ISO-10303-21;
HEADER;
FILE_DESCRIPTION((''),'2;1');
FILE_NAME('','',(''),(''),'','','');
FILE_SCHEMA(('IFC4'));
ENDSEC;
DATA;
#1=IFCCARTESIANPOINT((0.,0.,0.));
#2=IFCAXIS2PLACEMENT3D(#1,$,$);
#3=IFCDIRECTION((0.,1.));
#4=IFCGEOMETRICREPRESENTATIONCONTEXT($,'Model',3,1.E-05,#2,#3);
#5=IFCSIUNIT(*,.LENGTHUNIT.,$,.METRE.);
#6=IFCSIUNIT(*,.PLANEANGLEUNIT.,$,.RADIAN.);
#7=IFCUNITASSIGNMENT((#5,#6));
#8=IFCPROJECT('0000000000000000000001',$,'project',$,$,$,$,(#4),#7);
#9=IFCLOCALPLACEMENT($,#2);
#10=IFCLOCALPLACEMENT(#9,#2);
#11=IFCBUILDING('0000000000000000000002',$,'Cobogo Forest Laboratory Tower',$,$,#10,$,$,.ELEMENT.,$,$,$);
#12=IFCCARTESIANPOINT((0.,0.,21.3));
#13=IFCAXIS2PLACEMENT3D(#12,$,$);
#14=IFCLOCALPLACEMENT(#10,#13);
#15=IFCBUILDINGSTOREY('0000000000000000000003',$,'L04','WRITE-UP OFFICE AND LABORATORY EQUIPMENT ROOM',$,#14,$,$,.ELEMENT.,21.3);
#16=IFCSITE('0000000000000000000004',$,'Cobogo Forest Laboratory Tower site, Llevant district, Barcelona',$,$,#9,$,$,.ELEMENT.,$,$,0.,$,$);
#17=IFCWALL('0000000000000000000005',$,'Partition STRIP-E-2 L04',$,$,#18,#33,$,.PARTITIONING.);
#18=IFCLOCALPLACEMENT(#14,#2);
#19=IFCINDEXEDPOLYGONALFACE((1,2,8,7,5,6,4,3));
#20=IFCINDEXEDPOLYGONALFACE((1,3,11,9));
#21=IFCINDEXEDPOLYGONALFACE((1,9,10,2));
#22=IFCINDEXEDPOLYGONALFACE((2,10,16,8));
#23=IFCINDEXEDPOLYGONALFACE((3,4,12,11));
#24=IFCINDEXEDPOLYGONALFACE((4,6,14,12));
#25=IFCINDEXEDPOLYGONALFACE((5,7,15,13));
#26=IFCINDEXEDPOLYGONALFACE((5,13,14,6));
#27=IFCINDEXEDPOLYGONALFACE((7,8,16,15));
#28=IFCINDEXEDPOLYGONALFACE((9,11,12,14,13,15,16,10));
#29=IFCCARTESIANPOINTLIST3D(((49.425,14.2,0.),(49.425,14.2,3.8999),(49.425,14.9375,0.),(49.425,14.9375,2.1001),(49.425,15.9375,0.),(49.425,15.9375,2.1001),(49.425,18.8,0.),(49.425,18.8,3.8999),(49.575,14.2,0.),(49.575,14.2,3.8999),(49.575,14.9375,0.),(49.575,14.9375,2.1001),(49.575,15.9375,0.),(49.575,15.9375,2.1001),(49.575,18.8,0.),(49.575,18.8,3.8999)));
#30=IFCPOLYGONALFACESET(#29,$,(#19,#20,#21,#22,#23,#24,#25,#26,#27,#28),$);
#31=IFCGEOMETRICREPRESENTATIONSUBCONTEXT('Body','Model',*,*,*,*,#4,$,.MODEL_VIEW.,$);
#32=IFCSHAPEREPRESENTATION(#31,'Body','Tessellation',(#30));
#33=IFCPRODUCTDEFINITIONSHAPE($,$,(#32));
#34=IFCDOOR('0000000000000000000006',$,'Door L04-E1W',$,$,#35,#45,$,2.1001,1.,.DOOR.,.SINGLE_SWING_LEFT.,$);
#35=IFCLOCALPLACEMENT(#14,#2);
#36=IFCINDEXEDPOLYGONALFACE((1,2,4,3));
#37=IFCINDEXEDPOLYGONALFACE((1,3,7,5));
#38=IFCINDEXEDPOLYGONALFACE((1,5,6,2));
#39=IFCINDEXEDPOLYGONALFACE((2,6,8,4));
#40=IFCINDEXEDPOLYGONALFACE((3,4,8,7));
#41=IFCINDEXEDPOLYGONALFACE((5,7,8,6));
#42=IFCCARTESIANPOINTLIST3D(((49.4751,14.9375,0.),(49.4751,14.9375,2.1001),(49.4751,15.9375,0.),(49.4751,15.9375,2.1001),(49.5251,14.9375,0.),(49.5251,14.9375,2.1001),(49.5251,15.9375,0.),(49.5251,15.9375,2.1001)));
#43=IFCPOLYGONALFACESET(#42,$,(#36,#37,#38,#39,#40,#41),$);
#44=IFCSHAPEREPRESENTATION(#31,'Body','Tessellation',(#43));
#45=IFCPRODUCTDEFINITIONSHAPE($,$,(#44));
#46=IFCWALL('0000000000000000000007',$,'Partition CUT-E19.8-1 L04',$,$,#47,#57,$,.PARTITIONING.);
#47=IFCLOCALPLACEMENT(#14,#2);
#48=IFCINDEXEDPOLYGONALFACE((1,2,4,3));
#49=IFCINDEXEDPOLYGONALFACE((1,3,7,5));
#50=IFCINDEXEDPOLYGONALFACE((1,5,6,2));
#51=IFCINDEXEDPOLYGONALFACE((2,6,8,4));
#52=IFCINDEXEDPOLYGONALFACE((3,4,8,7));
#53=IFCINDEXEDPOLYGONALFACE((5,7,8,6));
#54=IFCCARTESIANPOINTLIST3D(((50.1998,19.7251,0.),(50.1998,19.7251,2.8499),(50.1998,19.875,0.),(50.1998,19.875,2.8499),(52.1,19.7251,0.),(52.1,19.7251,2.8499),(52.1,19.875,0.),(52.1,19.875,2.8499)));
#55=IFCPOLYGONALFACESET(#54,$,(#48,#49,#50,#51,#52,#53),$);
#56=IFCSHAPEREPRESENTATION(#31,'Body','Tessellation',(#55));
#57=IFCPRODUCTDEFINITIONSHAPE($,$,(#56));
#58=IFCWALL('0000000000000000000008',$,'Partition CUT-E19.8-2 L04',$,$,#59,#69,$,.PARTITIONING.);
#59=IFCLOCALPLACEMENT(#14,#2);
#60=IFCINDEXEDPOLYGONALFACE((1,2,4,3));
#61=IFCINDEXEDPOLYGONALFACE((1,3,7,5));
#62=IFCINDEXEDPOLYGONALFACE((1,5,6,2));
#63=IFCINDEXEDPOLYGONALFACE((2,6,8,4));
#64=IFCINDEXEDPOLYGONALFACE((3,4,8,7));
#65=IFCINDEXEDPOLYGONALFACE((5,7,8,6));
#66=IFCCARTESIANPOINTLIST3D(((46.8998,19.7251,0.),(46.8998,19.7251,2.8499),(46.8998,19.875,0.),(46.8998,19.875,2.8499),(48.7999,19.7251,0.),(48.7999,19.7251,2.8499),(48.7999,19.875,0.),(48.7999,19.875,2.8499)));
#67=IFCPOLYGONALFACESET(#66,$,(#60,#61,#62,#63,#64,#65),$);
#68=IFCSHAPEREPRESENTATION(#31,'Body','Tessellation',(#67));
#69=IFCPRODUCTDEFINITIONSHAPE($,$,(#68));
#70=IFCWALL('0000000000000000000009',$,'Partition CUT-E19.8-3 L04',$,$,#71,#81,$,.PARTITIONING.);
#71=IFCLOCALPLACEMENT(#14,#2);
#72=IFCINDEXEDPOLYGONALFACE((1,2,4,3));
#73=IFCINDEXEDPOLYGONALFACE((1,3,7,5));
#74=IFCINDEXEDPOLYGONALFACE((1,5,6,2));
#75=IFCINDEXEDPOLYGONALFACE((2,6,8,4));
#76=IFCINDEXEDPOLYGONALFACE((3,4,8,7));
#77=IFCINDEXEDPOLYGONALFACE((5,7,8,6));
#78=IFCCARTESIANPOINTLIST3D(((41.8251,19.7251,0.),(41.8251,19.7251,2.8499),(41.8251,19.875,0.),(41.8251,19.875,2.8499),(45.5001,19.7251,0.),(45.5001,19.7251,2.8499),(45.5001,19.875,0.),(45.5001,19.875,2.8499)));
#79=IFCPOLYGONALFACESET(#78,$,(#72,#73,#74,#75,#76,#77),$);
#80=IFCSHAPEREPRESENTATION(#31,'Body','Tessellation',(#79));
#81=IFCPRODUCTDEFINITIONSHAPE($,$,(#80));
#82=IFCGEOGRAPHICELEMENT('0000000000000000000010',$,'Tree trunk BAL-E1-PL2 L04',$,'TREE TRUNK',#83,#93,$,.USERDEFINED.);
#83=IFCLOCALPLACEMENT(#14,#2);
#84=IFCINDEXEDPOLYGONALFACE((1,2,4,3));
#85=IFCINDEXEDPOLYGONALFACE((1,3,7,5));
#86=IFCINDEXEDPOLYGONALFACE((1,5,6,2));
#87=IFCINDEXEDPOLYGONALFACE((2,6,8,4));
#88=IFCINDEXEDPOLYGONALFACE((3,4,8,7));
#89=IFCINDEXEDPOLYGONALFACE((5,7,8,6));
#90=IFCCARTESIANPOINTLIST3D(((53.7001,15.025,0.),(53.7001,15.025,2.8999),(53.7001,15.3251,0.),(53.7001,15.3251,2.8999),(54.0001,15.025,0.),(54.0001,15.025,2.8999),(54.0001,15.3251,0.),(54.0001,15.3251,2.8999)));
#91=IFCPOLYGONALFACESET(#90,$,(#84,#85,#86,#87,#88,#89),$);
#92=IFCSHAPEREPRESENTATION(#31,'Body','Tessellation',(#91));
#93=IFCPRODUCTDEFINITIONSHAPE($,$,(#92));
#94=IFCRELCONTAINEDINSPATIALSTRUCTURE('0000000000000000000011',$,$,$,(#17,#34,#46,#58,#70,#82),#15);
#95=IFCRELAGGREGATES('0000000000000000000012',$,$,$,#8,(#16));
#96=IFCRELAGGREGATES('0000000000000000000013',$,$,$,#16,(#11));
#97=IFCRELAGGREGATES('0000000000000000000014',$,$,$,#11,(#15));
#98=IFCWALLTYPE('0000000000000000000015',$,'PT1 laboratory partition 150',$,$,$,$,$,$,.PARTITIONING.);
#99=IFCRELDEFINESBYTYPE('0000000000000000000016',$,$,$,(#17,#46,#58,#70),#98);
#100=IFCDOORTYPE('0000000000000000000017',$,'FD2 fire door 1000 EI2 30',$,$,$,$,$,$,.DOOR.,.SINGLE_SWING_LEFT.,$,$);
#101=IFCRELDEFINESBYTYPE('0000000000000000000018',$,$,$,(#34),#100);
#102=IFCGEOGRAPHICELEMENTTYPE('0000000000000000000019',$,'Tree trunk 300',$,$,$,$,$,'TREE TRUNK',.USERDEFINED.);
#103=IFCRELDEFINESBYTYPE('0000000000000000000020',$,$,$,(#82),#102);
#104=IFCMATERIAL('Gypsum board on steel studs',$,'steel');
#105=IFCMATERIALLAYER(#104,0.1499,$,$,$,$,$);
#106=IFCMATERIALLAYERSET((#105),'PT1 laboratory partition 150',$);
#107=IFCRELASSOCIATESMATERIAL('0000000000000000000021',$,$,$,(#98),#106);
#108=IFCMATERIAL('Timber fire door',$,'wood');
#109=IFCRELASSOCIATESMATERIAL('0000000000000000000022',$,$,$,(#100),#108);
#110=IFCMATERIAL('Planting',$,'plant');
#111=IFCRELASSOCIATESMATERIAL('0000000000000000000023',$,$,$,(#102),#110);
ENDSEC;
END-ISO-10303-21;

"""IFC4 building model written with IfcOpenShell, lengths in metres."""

from ifc_helpers import new_model, si_unit, direction, frame, frame_2d, origin, origin_2d, place, context, subcontext, project, spatial, rectangle, extrude, material, layer, layer_set, type_object, element, fill, save


model = new_model("IFC4")

# Units and contexts
model_context = context("Model", 3, precision=1e-05, world=origin(), true_north=direction((0.0, 1.0)))
body_context = subcontext(model_context, "Body", "Model", "MODEL_VIEW")
ifc_project = project(units=[si_unit("LENGTHUNIT", "METRE"), si_unit("PLANEANGLEUNIT", "RADIAN")], contexts=[model_context])

# Site, building, storey
site_placement = place(None, origin())
site = spatial("IfcSite", under=ifc_project, at=site_placement, Name="Cobogo Forest Laboratory Tower site, Llevant district, Barcelona", CompositionType="ELEMENT", RefElevation=0.0)
building_placement = place(site_placement, origin())
building = spatial("IfcBuilding", under=site, at=building_placement, Name="Cobogo Forest Laboratory Tower", CompositionType="ELEMENT")
storey_placement = place(building_placement, frame((0.0, 0.0, 21.3)))
storey = spatial("IfcBuildingStorey", under=building, at=storey_placement, Name="L04", Description="WRITE-UP OFFICE AND LABORATORY EQUIPMENT ROOM", CompositionType="ELEMENT", Elevation=21.3)

# Wall, opening, door
ifc_material_1 = material(Name="Gypsum board on steel studs", Category="steel")
ifc_layer_1 = layer(ifc_material_1, 0.1499)
ifc_layer_set_1 = layer_set([ifc_layer_1], Name="PT1 laboratory partition 150")
wall_type = type_object("IfcWallType", Name="PT1 laboratory partition 150", PredefinedType="PARTITIONING", material=ifc_layer_set_1)
wall_1_placement = place(storey_placement, frame((49.5, 14.2, 0.0), z_axis=(0.0, 0.0, 1.0), x_axis=(0.0, 1.0, 0.0)))
wall_1 = element("IfcWall", 1, at=wall_1_placement, inside=storey, type_object=wall_type, Name="Partition STRIP-E-2 L04", PredefinedType="PARTITIONING", context=body_context, shape_type="SweptSolid", body=[
    extrude(rectangle(XDim=4.6001, YDim=0.1499, at=frame_2d((2.3, 0.0))), origin(), (0.0, 0.0, 1.0), 3.8999),
])
opening_placement = place(wall_1_placement, frame((0.7375, 0.0, 0.0)))
opening = element("IfcOpeningElement", 2, at=opening_placement, cuts=wall_1, PredefinedType="OPENING", context=body_context, shape_type="SweptSolid", body=[
    extrude(rectangle(XDim=1.0, YDim=2.1001, at=frame_2d((0.5, 1.05))), frame((0.0, 0.085, 0.0), z_axis=(0.0, -1.0, 0.0), x_axis=(1.0, 0.0, 0.0)), (0.0, 0.0, 1.0), 0.1699),
])
ifc_material_2 = material(Name="Timber fire door", Category="wood")
door_type = type_object("IfcDoorType", Name="FD2 fire door 1000 EI2 30", OperationType="SINGLE_SWING_LEFT", PredefinedType="DOOR", material=ifc_material_2)
door_placement = place(opening_placement, origin())
door = element("IfcDoor", 3, at=door_placement, inside=storey, type_object=door_type, Name="Door L04-E1W", OperationType="SINGLE_SWING_LEFT", OverallHeight=2.1001, OverallWidth=1.0, PredefinedType="DOOR", context=body_context, shape_type="SweptSolid", body=[
    extrude(rectangle(XDim=1.0, YDim=2.1001, at=frame_2d((0.5, 1.05))), frame((0.0, 0.0249, 0.0), z_axis=(0.0, -1.0, 0.0), x_axis=(1.0, 0.0, 0.0)), (0.0, 0.0, 1.0), 0.05),
])
fill(opening, door)

# Walls
for number, where, z_axis, x_axis, name in (
    (4, (52.1001, 19.8, 0.0), (0.0, 0.0, 1.0), (-1.0, 0.0, 0.0), "Partition CUT-E19.8-1 L04"),
    (5, (48.8, 19.8, 0.0), (0.0, 0.0, 1.0), (-1.0, 0.0, 0.0), "Partition CUT-E19.8-2 L04"),
):
    element("IfcWall", number, at=place(storey_placement, frame(where, z_axis=z_axis, x_axis=x_axis)), inside=storey, type_object=wall_type, Name=name, PredefinedType="PARTITIONING", context=body_context, shape_type="SweptSolid", body=[
        extrude(rectangle(XDim=1.9001, YDim=0.1499, at=frame_2d((0.9502, 0.0))), origin(), (0.0, 0.0, 1.0), 2.8499),
    ])
wall_2_placement = place(storey_placement, frame((45.5, 19.8, 0.0), z_axis=(0.0, 0.0, 1.0), x_axis=(-1.0, 0.0, 0.0)))
element("IfcWall", 6, at=wall_2_placement, inside=storey, type_object=wall_type, Name="Partition CUT-E19.8-3 L04", PredefinedType="PARTITIONING", context=body_context, shape_type="SweptSolid", body=[
    extrude(rectangle(XDim=3.675, YDim=0.1499, at=frame_2d((1.8374, 0.0))), origin(), (0.0, 0.0, 1.0), 2.8499),
])

# Geographic element
ifc_material_3 = material(Name="Planting", Category="plant")
geographic_element_type = type_object("IfcGeographicElementType", Name="Tree trunk 300", ElementType="TREE TRUNK", PredefinedType="USERDEFINED", material=ifc_material_3)
geographic_element_placement = place(storey_placement, frame((53.8501, 15.175, 0.0), z_axis=(0.0, 0.0, 1.0), x_axis=(1.0, 0.0, 0.0)))
element("IfcGeographicElement", 7, at=geographic_element_placement, inside=storey, type_object=geographic_element_type, Name="Tree trunk BAL-E1-PL2 L04", ObjectType="TREE TRUNK", PredefinedType="USERDEFINED", context=body_context, shape_type="SweptSolid", body=[
    extrude(rectangle(XDim=0.3, YDim=0.3, at=origin_2d()), origin(), (0.0, 0.0, 1.0), 2.8999),
])

save(model, "model.ifc")
